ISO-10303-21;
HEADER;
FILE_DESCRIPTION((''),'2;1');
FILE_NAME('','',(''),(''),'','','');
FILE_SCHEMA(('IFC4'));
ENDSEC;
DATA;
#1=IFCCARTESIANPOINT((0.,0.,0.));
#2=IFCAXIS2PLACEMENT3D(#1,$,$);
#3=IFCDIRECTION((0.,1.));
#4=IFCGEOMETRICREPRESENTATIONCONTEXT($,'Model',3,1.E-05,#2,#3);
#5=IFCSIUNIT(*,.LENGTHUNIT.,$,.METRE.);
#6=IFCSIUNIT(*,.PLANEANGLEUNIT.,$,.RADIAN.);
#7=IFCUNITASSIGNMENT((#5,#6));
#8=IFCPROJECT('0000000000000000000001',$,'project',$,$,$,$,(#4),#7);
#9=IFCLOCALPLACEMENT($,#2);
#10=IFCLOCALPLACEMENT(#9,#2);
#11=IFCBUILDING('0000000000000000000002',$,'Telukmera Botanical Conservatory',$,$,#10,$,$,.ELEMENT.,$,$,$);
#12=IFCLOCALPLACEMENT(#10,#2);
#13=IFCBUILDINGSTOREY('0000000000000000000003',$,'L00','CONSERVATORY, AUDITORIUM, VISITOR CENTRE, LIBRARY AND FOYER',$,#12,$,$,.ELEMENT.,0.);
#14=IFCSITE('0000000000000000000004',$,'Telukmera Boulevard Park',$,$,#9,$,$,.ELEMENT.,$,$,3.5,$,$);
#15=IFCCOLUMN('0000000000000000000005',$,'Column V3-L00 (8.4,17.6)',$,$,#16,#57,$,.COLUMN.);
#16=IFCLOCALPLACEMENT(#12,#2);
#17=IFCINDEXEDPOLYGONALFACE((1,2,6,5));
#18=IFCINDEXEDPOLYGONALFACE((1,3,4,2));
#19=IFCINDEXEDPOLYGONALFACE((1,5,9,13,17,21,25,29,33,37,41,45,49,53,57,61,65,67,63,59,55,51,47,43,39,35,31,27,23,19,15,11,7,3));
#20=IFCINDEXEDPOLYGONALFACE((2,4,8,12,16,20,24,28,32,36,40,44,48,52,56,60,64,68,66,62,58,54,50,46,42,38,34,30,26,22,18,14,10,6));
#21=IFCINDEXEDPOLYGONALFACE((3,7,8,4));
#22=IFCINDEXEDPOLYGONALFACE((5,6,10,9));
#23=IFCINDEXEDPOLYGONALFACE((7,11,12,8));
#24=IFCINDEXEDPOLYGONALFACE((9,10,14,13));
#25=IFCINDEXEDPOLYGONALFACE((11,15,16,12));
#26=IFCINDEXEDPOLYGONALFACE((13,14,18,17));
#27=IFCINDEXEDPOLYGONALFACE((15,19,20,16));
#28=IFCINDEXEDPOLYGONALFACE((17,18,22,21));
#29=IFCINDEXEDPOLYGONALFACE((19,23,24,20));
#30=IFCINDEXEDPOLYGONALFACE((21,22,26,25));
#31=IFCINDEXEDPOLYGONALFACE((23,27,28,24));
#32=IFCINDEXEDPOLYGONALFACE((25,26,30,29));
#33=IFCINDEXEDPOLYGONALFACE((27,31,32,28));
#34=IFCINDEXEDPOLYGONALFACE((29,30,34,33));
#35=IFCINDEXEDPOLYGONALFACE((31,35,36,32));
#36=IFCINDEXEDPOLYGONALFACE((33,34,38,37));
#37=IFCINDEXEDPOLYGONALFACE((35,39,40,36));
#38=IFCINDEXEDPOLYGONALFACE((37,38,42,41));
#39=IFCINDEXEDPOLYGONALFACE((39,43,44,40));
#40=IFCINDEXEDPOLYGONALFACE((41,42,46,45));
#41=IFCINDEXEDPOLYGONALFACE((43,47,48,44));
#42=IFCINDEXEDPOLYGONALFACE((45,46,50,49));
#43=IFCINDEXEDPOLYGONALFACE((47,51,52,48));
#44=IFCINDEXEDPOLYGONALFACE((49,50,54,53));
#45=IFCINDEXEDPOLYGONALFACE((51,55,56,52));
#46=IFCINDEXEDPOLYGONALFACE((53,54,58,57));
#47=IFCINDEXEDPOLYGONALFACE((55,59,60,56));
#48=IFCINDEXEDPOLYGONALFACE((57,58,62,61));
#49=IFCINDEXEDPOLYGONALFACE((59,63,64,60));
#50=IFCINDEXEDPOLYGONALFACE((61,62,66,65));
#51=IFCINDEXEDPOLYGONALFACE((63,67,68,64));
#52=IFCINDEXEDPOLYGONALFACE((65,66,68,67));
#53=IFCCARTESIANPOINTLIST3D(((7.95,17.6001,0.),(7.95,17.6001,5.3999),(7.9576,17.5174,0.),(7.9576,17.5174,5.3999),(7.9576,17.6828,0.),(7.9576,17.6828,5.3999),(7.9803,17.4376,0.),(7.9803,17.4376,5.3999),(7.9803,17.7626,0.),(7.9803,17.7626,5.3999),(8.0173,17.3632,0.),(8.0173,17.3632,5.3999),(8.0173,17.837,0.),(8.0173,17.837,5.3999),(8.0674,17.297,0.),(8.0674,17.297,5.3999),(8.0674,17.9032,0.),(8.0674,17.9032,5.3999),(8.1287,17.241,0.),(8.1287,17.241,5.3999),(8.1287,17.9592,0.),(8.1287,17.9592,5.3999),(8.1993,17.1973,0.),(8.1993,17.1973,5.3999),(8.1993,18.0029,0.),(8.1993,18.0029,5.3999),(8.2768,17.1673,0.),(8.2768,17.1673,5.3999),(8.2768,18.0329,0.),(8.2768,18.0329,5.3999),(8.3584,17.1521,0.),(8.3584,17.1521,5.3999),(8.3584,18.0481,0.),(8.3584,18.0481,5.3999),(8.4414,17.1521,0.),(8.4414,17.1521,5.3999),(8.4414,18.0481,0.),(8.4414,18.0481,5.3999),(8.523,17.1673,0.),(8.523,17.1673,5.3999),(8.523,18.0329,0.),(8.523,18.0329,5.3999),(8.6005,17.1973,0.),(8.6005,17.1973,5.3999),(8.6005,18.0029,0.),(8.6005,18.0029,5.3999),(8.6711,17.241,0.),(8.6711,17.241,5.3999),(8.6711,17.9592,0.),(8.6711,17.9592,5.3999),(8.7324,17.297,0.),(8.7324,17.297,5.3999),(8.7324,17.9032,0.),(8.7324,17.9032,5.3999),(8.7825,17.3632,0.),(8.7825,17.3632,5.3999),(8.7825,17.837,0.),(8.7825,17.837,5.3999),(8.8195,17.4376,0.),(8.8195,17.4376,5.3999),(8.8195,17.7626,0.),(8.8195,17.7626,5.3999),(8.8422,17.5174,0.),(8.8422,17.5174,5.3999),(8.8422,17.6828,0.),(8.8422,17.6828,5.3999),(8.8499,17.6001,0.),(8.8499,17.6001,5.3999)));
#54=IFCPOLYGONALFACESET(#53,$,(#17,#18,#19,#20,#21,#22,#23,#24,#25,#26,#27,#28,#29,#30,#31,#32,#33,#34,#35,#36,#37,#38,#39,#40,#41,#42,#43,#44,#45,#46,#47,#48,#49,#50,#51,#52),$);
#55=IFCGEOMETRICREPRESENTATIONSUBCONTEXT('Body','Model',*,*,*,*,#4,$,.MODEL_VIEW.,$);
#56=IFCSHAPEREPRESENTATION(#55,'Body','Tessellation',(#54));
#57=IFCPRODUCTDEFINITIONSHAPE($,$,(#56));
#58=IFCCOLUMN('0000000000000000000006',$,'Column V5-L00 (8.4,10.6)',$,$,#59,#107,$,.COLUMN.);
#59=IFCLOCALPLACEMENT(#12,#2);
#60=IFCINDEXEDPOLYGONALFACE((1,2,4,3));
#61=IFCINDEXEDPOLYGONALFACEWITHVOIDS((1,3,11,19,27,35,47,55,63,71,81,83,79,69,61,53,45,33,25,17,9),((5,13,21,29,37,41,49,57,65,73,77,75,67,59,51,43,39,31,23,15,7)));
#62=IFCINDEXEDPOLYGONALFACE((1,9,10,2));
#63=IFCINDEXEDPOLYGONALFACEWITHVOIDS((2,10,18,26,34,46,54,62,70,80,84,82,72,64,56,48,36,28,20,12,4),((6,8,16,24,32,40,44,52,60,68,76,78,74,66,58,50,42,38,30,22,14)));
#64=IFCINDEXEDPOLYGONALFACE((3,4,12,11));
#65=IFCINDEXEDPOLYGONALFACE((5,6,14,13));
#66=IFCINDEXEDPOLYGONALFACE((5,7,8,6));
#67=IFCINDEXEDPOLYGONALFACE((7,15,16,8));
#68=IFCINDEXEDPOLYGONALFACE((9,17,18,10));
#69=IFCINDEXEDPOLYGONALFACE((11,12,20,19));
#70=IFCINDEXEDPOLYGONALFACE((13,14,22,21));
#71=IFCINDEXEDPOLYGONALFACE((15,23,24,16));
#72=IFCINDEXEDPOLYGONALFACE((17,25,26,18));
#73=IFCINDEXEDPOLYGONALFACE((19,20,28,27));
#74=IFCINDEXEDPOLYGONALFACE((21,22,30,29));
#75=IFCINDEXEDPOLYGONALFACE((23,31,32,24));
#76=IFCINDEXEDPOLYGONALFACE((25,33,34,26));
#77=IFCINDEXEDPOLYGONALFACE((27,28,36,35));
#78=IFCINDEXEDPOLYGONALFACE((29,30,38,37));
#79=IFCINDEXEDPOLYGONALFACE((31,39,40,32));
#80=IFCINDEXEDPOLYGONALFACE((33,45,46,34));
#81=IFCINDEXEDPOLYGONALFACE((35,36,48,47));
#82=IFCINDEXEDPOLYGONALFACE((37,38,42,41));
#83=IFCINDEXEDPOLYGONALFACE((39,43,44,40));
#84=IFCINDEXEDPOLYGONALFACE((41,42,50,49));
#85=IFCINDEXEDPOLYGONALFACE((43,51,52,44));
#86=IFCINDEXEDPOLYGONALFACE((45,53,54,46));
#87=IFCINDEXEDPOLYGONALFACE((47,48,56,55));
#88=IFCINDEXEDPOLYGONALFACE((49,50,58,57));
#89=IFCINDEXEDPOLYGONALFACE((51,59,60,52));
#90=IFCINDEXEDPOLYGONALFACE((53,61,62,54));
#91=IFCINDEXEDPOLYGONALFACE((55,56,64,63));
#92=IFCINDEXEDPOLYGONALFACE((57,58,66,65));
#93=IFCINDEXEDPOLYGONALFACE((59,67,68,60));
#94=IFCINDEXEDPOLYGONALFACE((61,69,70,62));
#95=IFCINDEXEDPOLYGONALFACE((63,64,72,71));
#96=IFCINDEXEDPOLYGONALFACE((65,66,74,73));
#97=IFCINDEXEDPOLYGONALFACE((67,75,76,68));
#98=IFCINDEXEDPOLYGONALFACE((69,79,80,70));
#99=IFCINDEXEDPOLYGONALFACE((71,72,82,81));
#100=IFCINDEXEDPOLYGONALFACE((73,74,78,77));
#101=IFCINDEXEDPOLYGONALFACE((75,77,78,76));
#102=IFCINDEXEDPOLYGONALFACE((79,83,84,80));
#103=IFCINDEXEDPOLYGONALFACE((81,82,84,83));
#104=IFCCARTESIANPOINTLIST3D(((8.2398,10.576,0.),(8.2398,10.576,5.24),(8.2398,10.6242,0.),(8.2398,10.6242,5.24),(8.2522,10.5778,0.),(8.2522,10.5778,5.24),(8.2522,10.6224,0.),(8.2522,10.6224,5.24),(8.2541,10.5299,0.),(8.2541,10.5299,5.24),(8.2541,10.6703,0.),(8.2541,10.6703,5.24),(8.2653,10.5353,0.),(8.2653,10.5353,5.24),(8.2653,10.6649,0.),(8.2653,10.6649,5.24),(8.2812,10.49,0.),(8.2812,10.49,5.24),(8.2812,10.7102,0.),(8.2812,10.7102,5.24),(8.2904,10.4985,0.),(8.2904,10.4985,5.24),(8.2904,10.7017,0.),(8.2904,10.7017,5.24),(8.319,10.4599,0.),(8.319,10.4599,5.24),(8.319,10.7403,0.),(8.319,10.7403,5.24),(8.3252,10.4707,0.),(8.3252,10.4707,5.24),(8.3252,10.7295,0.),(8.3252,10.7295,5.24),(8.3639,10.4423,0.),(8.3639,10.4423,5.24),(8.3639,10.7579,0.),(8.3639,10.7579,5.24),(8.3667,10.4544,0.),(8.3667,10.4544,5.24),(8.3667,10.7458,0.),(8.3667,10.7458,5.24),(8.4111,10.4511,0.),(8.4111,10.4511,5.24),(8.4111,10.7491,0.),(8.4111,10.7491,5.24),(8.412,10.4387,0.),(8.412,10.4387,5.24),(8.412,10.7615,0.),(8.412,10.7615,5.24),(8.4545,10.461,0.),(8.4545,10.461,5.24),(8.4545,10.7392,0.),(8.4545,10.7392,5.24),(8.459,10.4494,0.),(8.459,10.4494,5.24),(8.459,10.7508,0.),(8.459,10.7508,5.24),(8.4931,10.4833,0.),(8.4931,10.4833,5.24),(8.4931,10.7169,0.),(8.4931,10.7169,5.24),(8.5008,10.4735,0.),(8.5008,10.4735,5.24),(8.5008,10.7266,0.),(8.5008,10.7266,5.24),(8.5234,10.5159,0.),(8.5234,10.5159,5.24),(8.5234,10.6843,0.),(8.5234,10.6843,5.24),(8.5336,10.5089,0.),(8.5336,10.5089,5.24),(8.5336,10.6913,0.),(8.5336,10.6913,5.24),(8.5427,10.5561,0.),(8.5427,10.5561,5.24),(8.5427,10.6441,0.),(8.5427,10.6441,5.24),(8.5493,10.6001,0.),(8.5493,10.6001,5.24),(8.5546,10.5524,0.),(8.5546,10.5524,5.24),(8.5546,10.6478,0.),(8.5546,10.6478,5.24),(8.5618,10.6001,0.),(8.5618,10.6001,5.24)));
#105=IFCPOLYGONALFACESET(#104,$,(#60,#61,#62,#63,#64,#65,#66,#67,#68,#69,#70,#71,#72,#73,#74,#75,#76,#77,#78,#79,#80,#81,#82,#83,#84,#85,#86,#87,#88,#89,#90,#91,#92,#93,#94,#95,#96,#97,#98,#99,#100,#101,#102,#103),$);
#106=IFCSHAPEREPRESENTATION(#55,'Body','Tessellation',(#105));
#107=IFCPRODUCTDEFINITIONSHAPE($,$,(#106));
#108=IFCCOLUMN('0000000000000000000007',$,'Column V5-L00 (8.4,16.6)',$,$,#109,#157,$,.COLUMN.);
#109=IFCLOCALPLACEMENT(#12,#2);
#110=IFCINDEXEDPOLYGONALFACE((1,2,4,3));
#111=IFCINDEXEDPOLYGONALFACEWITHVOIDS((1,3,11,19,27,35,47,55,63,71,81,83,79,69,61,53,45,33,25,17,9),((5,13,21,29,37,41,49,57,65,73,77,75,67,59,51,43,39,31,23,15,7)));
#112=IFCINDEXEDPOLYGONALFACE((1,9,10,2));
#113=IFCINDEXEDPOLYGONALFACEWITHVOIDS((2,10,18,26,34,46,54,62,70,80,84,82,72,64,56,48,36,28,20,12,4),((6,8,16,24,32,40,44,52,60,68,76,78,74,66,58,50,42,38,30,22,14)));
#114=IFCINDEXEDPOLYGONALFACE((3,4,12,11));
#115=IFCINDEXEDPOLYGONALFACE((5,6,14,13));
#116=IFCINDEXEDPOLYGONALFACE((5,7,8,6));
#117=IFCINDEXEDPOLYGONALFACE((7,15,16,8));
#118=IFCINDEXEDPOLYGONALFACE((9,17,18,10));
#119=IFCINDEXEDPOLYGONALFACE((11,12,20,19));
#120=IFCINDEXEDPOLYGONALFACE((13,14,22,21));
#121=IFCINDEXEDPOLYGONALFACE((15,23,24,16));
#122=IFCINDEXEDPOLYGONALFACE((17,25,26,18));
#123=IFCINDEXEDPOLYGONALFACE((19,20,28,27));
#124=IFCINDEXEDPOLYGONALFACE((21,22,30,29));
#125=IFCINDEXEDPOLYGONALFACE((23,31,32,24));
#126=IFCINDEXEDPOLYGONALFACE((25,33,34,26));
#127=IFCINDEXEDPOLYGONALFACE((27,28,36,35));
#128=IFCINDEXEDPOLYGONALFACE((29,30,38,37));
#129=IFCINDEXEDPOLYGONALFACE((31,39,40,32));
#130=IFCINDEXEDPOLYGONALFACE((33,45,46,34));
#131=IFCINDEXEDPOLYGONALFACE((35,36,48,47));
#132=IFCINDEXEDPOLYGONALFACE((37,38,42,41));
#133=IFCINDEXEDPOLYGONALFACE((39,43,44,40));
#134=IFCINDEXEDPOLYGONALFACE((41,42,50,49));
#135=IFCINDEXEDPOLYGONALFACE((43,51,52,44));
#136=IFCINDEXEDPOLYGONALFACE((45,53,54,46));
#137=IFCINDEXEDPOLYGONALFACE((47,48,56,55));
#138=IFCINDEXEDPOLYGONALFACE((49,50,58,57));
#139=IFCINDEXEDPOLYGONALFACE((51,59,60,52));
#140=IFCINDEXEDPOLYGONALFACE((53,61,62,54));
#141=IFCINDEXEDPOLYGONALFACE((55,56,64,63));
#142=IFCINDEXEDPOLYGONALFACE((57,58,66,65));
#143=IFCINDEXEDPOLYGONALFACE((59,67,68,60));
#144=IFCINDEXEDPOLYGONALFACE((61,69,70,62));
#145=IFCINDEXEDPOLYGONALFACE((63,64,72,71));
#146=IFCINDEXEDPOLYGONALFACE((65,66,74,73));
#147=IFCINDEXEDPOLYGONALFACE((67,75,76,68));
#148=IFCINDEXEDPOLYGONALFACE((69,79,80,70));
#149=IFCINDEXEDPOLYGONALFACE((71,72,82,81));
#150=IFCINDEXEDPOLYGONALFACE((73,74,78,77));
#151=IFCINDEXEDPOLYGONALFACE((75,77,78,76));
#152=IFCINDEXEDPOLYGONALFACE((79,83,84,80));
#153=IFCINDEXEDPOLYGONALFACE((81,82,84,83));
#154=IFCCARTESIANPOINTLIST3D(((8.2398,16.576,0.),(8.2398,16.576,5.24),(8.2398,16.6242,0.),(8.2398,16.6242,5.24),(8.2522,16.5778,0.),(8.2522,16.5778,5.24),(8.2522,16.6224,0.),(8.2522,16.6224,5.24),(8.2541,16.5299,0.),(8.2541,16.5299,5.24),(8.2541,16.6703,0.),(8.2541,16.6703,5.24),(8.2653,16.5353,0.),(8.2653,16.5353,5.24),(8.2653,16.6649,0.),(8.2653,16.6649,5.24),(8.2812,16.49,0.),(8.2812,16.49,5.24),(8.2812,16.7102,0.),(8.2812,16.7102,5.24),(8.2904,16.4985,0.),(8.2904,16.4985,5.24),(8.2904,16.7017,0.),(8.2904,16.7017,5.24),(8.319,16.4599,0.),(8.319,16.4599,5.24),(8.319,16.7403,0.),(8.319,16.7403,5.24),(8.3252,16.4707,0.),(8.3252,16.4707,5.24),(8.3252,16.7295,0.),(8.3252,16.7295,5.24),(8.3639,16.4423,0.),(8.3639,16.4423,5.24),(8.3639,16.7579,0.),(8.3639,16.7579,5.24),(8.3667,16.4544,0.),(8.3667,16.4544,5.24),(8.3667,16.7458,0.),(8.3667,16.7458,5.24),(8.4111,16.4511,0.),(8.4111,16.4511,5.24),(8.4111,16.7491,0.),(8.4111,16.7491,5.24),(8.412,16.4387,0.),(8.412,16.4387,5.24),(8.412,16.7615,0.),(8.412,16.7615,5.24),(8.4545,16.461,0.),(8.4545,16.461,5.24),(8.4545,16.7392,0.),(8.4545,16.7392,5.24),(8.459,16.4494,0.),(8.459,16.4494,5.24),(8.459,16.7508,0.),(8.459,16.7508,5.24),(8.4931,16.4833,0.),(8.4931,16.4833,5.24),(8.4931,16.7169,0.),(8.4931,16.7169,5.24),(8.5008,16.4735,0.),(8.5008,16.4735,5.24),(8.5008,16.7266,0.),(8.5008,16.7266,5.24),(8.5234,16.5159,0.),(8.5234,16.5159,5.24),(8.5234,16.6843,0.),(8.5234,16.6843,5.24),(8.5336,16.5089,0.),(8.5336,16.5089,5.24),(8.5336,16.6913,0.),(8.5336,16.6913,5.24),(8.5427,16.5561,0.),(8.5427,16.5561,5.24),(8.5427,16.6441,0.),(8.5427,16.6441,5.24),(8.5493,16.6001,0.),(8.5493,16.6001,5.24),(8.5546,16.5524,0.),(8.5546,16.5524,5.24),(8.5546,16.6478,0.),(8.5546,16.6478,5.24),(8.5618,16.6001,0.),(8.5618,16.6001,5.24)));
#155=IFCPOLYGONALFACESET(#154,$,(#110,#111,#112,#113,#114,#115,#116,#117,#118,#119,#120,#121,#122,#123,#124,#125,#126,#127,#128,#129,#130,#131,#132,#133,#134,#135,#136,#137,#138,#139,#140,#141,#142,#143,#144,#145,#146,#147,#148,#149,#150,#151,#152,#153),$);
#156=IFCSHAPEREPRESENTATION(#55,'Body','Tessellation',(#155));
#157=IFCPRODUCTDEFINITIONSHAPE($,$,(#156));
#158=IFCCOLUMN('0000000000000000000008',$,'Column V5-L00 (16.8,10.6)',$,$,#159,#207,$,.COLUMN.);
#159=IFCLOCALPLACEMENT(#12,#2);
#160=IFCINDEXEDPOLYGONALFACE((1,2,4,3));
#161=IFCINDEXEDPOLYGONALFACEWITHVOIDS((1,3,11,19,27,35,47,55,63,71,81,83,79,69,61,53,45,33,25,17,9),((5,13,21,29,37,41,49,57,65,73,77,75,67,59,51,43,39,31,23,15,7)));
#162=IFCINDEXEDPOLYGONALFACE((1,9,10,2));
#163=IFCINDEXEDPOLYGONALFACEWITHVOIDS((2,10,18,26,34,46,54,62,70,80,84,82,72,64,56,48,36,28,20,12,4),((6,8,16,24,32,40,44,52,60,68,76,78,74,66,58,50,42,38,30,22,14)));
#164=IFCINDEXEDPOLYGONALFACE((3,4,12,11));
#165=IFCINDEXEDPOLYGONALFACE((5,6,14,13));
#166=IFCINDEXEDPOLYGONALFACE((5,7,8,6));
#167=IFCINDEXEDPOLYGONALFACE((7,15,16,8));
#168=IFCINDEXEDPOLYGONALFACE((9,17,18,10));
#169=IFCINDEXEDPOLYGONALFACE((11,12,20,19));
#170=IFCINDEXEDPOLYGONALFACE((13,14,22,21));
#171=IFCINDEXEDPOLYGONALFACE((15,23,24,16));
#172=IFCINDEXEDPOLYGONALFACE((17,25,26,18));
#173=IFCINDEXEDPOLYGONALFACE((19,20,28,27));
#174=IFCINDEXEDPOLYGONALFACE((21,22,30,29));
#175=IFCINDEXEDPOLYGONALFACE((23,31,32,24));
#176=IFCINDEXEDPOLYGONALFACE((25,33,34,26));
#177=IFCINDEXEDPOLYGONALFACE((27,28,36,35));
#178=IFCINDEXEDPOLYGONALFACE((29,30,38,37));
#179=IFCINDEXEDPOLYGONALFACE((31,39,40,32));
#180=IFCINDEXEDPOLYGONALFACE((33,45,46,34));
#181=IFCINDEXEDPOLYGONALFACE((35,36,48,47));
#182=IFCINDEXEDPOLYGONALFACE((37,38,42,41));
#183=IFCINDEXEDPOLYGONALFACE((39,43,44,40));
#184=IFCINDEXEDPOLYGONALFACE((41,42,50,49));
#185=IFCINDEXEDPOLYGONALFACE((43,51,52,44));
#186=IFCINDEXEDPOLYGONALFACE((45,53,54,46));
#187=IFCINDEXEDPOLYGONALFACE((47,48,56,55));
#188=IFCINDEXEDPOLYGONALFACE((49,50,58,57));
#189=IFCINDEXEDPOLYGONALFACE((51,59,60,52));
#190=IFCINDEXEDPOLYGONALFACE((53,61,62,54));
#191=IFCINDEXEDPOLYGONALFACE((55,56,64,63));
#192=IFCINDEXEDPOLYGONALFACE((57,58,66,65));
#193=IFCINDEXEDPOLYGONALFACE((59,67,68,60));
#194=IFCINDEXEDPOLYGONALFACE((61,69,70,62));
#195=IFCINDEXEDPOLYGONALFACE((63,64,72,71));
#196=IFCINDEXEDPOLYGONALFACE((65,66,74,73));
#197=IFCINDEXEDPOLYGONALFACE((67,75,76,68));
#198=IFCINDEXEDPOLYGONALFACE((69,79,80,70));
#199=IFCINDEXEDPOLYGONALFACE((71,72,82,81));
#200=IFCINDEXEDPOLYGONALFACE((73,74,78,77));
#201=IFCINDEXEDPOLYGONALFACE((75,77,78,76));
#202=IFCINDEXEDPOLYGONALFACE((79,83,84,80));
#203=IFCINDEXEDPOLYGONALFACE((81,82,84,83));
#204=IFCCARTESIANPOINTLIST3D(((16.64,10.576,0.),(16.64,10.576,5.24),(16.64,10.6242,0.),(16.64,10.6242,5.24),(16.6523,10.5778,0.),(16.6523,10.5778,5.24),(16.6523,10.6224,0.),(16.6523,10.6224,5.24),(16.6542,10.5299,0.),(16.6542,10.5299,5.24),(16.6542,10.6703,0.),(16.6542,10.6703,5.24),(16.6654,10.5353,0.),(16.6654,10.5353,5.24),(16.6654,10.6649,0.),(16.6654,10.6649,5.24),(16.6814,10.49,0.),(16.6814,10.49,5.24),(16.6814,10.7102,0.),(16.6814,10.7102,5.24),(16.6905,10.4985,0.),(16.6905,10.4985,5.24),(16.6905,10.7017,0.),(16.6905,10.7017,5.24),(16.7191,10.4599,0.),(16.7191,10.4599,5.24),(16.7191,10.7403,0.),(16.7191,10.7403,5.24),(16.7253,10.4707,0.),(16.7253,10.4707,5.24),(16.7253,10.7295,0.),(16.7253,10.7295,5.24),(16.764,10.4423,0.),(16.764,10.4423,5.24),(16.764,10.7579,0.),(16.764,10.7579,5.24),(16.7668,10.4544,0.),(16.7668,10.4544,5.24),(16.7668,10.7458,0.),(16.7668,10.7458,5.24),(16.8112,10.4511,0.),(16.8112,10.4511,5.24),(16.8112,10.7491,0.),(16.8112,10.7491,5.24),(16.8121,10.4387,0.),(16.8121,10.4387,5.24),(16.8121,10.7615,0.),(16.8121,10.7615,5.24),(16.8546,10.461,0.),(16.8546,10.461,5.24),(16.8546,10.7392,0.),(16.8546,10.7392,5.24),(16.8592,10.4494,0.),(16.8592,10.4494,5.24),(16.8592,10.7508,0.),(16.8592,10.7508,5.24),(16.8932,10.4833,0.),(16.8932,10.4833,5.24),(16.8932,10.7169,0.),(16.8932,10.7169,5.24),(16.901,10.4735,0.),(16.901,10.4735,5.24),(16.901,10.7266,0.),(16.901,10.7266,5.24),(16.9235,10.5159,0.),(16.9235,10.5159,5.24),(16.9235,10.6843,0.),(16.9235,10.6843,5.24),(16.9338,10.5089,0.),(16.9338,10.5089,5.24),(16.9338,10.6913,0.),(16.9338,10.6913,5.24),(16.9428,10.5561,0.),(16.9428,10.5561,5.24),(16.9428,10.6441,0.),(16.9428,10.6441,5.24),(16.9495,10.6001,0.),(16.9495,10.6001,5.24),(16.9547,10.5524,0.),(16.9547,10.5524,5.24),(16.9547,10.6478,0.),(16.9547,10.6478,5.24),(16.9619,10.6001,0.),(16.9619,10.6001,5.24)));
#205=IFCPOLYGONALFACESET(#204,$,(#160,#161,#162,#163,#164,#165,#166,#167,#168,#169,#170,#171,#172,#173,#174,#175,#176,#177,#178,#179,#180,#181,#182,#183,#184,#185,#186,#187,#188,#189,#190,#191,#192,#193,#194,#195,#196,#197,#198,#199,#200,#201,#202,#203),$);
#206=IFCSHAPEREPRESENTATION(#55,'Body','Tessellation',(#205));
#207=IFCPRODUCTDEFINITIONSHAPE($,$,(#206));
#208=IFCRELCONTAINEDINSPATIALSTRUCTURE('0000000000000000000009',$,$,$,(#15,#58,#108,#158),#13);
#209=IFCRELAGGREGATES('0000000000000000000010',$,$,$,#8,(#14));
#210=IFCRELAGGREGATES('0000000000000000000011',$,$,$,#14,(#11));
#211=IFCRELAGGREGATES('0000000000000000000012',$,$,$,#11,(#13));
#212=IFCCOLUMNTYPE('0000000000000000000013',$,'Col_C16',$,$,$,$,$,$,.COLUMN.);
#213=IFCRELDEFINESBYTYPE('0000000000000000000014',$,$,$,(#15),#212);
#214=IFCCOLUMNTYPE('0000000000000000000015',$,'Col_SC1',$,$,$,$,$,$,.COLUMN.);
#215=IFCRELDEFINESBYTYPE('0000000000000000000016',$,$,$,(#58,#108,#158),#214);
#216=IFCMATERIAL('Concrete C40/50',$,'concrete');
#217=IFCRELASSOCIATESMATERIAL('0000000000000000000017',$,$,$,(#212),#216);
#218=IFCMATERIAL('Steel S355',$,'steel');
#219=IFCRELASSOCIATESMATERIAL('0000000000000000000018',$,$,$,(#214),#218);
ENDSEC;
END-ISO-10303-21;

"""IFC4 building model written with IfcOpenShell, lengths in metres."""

from ifc_helpers import new_model, si_unit, direction, frame, origin, origin_2d, place, context, subcontext, project, spatial, circle, hollow_circle, extrude, material, material_profile, profile_set, type_object, element, save


model = new_model("IFC4")

# Units and contexts
model_context = context("Model", 3, precision=1e-05, world=origin(), true_north=direction((0.0, 1.0)))
body_context = subcontext(model_context, "Body", "Model", "MODEL_VIEW")
ifc_project = project(units=[si_unit("LENGTHUNIT", "METRE"), si_unit("PLANEANGLEUNIT", "RADIAN")], contexts=[model_context])

# Site, building, storey
site_placement = place(None, origin())
site = spatial("IfcSite", under=ifc_project, at=site_placement, Name="Telukmera Boulevard Park", CompositionType="ELEMENT", RefElevation=3.5)
building_placement = place(site_placement, origin())
building = spatial("IfcBuilding", under=site, at=building_placement, Name="Telukmera Botanical Conservatory", CompositionType="ELEMENT")
storey_placement = place(building_placement, origin())
storey = spatial("IfcBuildingStorey", under=building, at=storey_placement, Name="L00", Description="CONSERVATORY, AUDITORIUM, VISITOR CENTRE, LIBRARY AND FOYER", CompositionType="ELEMENT", Elevation=0.0)

# Columns
ifc_material_1 = material(Name="Concrete C40/50", Category="concrete")
ifc_material_profile_1 = material_profile(ifc_material_1, circle(Radius=0.45, at=origin_2d()), Name="RC D900")
ifc_profile_set_1 = profile_set([ifc_material_profile_1], Name="Concrete C40/50")
column_type_1 = type_object("IfcColumnType", Name="Col_C16", PredefinedType="COLUMN", material=ifc_profile_set_1)
column_placement = place(storey_placement, frame((8.3999, 17.6001, 0.0), z_axis=(0.0, 0.0, 1.0), x_axis=(1.0, 0.0, 0.0)))
element("IfcColumn", 1, at=column_placement, inside=storey, type_object=column_type_1, Name="Column V3-L00 (8.4,17.6)", PredefinedType="COLUMN", context=body_context, shape_type="SweptSolid", body=[
    extrude(circle(Radius=0.45, at=origin_2d()), origin(), (0.0, 0.0, 1.0), 5.3999),
])
ifc_material_2 = material(Name="Steel S355", Category="steel")
ifc_material_profile_2 = material_profile(ifc_material_2, hollow_circle(Radius=0.1619, WallThickness=0.0125, at=origin_2d()), Name="CHS 323.9x12.5")
ifc_profile_set_2 = profile_set([ifc_material_profile_2], Name="Steel S355")
column_type_2 = type_object("IfcColumnType", Name="Col_SC1", PredefinedType="COLUMN", material=ifc_profile_set_2)
for number, where, z_axis, x_axis, name in (
    (2, (8.3999, 10.6001, 0.0), (0.0, 0.0, 1.0), (1.0, 0.0, 0.0), "Column V5-L00 (8.4,10.6)"),
    (3, (8.3999, 16.6001, 0.0), (0.0, 0.0, 1.0), (1.0, 0.0, 0.0), "Column V5-L00 (8.4,16.6)"),
    (4, (16.8, 10.6001, 0.0), (0.0, 0.0, 1.0), (1.0, 0.0, 0.0), "Column V5-L00 (16.8,10.6)"),
):
    element("IfcColumn", number, at=place(storey_placement, frame(where, z_axis=z_axis, x_axis=x_axis)), inside=storey, type_object=column_type_2, Name=name, PredefinedType="COLUMN", context=body_context, shape_type="SweptSolid", body=[
        extrude(hollow_circle(Radius=0.1619, WallThickness=0.0125, at=origin_2d()), origin(), (0.0, 0.0, 1.0), 5.24),
    ])

save(model, "model.ifc")
